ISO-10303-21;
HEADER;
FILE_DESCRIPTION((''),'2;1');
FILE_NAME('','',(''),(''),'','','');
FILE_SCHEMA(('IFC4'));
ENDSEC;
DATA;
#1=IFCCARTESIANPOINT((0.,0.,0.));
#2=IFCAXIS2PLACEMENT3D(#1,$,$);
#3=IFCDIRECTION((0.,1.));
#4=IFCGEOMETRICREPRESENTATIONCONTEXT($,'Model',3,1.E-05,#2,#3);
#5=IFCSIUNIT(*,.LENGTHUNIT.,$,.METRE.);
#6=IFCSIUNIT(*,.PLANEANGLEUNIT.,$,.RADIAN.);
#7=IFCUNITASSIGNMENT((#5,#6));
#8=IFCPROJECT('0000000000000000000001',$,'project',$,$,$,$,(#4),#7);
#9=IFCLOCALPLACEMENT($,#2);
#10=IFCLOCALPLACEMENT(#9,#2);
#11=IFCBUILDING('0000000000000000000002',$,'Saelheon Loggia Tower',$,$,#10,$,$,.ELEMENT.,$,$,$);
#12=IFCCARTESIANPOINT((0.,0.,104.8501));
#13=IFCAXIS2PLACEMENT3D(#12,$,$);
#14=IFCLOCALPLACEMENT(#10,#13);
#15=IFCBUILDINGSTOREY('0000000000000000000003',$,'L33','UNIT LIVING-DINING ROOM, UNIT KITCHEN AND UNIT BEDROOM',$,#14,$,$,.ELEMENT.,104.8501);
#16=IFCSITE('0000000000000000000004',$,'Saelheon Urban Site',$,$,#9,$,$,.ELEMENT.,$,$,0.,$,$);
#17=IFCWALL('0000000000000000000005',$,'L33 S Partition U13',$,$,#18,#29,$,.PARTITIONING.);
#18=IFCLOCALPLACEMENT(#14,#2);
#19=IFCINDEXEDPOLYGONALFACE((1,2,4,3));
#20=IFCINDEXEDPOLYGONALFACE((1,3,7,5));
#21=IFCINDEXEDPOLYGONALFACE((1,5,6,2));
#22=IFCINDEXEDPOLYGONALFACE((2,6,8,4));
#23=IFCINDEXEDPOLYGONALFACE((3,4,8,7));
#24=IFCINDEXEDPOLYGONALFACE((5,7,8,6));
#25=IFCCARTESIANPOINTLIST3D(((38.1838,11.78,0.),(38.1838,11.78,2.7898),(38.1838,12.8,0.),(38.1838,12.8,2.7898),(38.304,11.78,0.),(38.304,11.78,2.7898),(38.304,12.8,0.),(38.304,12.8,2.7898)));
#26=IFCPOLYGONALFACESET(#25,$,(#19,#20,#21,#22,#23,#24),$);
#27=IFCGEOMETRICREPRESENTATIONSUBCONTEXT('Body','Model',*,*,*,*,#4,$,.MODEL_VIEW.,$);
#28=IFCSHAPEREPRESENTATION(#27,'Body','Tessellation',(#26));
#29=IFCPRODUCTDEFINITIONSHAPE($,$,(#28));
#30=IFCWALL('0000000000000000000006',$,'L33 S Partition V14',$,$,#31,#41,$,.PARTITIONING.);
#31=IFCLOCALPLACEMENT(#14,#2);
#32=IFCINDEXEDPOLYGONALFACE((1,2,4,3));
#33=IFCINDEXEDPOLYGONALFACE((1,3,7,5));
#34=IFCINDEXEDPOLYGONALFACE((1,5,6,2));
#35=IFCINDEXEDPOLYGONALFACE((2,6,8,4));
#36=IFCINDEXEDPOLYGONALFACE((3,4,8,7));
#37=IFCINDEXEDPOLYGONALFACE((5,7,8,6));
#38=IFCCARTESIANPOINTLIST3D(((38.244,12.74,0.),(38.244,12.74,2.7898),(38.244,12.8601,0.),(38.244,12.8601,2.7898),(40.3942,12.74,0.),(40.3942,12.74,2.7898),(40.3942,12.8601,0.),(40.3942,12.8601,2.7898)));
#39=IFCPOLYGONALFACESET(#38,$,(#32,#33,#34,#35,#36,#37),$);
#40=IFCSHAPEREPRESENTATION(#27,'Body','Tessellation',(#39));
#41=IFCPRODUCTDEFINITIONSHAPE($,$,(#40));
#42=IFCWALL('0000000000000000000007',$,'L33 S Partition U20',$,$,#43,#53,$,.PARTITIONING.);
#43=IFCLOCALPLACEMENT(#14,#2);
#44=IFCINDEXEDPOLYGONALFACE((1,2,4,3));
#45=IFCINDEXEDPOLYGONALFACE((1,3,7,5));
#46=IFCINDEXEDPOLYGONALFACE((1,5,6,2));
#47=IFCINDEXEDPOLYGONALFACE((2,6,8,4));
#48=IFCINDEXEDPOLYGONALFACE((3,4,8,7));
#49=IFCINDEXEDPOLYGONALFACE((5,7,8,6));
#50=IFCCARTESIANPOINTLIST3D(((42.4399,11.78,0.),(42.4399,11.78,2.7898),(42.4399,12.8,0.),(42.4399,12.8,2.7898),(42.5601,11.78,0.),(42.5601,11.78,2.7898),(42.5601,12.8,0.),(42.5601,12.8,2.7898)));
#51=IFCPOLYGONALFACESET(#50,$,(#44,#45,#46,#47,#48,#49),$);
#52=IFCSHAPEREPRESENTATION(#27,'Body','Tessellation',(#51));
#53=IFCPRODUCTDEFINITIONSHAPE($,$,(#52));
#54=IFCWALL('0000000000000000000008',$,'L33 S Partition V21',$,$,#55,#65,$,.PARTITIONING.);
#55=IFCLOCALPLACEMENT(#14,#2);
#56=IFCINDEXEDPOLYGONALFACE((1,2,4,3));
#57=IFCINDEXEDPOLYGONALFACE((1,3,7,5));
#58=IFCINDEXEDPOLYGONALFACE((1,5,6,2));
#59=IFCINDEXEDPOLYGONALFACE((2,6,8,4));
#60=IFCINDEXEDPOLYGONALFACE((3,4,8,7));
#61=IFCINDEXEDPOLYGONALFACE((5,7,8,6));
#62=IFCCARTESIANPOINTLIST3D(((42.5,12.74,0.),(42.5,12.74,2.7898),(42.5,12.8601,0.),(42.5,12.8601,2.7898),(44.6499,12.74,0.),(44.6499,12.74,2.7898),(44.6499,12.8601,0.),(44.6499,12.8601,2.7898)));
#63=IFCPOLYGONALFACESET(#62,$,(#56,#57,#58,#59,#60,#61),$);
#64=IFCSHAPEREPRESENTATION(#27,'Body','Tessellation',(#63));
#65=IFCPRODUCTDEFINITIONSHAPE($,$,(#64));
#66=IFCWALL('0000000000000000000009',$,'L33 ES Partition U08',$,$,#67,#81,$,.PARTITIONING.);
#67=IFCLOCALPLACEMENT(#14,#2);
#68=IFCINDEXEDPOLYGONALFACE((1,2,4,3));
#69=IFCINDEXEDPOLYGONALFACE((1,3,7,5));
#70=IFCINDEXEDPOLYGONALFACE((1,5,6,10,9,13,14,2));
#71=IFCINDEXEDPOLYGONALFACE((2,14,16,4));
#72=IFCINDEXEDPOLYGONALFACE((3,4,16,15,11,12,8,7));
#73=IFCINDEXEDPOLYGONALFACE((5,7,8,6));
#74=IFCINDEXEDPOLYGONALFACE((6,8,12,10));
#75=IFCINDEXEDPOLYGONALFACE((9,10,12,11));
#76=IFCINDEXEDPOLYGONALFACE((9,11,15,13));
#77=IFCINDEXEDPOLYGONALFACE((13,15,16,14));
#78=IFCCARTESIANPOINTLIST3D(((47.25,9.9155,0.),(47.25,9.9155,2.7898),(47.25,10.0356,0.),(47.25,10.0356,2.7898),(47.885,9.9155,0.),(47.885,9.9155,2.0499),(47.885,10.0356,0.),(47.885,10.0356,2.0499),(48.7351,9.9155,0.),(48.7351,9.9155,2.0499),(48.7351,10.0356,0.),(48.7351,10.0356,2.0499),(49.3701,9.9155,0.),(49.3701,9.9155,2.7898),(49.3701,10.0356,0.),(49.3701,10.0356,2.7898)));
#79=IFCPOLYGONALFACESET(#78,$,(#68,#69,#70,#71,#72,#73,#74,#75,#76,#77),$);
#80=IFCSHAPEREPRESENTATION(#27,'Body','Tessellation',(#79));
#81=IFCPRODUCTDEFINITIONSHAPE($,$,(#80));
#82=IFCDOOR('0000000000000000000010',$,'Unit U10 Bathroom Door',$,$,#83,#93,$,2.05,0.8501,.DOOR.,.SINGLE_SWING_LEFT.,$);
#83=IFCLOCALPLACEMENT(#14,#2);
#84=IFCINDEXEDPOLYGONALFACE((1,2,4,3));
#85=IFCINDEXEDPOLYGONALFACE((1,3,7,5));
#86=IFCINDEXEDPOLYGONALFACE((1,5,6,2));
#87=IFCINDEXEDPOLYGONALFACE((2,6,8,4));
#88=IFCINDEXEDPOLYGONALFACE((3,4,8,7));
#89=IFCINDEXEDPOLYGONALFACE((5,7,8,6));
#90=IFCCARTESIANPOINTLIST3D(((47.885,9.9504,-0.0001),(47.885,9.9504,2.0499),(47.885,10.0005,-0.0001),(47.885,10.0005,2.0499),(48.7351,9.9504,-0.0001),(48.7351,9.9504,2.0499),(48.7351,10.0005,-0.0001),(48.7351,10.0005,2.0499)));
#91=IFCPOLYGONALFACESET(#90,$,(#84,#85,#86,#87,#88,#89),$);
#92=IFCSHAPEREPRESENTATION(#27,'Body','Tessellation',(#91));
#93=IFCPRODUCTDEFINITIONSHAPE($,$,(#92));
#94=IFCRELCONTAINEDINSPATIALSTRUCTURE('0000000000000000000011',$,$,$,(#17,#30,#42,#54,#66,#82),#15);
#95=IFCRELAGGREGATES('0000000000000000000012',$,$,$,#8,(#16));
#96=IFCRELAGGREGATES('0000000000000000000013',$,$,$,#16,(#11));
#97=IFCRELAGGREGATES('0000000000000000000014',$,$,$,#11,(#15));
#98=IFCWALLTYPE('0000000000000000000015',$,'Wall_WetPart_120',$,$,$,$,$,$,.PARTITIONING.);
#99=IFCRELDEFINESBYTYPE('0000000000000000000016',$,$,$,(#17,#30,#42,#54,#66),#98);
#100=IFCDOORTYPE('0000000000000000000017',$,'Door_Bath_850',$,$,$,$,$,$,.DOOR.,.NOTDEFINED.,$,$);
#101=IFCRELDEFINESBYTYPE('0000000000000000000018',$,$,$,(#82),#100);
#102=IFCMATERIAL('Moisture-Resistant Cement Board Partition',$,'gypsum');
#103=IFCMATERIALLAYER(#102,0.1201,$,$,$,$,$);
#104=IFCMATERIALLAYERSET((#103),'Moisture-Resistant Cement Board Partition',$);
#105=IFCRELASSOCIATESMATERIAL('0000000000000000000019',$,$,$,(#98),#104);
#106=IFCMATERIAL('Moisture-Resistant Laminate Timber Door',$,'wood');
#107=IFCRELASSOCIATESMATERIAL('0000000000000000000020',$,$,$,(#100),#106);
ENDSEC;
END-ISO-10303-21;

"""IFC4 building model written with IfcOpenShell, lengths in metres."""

from ifc_helpers import new_model, si_unit, direction, frame, frame_2d, origin, place, context, subcontext, project, spatial, rectangle, extrude, source, transform, mapped, material, layer, layer_set, type_object, element, fill, save


model = new_model("IFC4")

# Units and contexts
model_context = context("Model", 3, precision=1e-05, world=origin(), true_north=direction((0.0, 1.0)))
body_context = subcontext(model_context, "Body", "Model", "MODEL_VIEW")
ifc_project = project(units=[si_unit("LENGTHUNIT", "METRE"), si_unit("PLANEANGLEUNIT", "RADIAN")], contexts=[model_context])

# Site, building, storey
site_placement = place(None, origin())
site = spatial("IfcSite", under=ifc_project, at=site_placement, Name="Saelheon Urban Site", CompositionType="ELEMENT", RefElevation=0.0)
building_placement = place(site_placement, origin())
building = spatial("IfcBuilding", under=site, at=building_placement, Name="Saelheon Loggia Tower", CompositionType="ELEMENT")
storey_placement = place(building_placement, frame((0.0, 0.0, 104.8501)))
storey = spatial("IfcBuildingStorey", under=building, at=storey_placement, Name="L33", Description="UNIT LIVING-DINING ROOM, UNIT KITCHEN AND UNIT BEDROOM", CompositionType="ELEMENT", Elevation=104.8501)

# Walls
ifc_material_1 = material(Name="Moisture-Resistant Cement Board Partition", Category="gypsum")
ifc_layer_1 = layer(ifc_material_1, 0.1201)
ifc_layer_set_1 = layer_set([ifc_layer_1], Name="Moisture-Resistant Cement Board Partition")
wall_type_1 = type_object("IfcWallType", Name="Wall_WetPart_120", PredefinedType="PARTITIONING", material=ifc_layer_set_1)
wall_1_placement = place(storey_placement, frame((38.2439, 12.8, 0.0), z_axis=(0.0, 0.0, 1.0), x_axis=(0.0, -1.0, 0.0)))
element("IfcWall", 1, at=wall_1_placement, inside=storey, type_object=wall_type_1, Name="L33 S Partition U13", PredefinedType="PARTITIONING", context=body_context, shape_type="SweptSolid", body=[
    extrude(rectangle(XDim=1.02, YDim=0.1201, at=frame_2d((0.51, 0.0))), origin(), (0.0, 0.0, 1.0), 2.7898),
])
wall_2_placement = place(storey_placement, frame((38.2439, 12.8, 0.0), z_axis=(0.0, 0.0, 1.0), x_axis=(1.0, 0.0, 0.0)))
element("IfcWall", 2, at=wall_2_placement, inside=storey, type_object=wall_type_1, Name="L33 S Partition V14", PredefinedType="PARTITIONING", context=body_context, shape_type="SweptSolid", body=[
    extrude(rectangle(XDim=2.1501, YDim=0.1201, at=frame_2d((1.0752, 0.0))), origin(), (0.0, 0.0, 1.0), 2.7898),
])
wall_3_placement = place(storey_placement, frame((42.5, 12.8, 0.0), z_axis=(0.0, 0.0, 1.0), x_axis=(0.0, -1.0, 0.0)))
element("IfcWall", 3, at=wall_3_placement, inside=storey, type_object=wall_type_1, Name="L33 S Partition U20", PredefinedType="PARTITIONING", context=body_context, shape_type="SweptSolid", body=[
    extrude(rectangle(XDim=1.02, YDim=0.1201, at=frame_2d((0.51, 0.0))), origin(), (0.0, 0.0, 1.0), 2.7898),
])
wall_4_placement = place(storey_placement, frame((42.5, 12.8, 0.0), z_axis=(0.0, 0.0, 1.0), x_axis=(1.0, 0.0, 0.0)))
element("IfcWall", 4, at=wall_4_placement, inside=storey, type_object=wall_type_1, Name="L33 S Partition V21", PredefinedType="PARTITIONING", context=body_context, shape_type="SweptSolid", body=[
    extrude(rectangle(XDim=2.1499, YDim=0.1201, at=frame_2d((1.075, 0.0))), origin(), (0.0, 0.0, 1.0), 2.7898),
])

# Wall, opening, door
wall_5_placement = place(storey_placement, frame((47.25, 9.9756, 0.0), z_axis=(0.0, 0.0, 1.0), x_axis=(1.0, 0.0, 0.0)))
wall_5 = element("IfcWall", 5, at=wall_5_placement, inside=storey, type_object=wall_type_1, Name="L33 ES Partition U08", PredefinedType="PARTITIONING", context=body_context, shape_type="SweptSolid", body=[
    extrude(rectangle(XDim=2.1201, YDim=0.1201, at=frame_2d((1.0601, 0.0))), origin(), (0.0, 0.0, 1.0), 2.7898),
])
opening_1_placement = place(wall_5_placement, frame((0.635, 0.0, 0.0)))
opening_1 = element("IfcOpeningElement", 6, at=opening_1_placement, cuts=wall_5, PredefinedType="OPENING", context=body_context, shape_type="SweptSolid", body=[
    extrude(rectangle(XDim=0.8501, YDim=2.05, at=frame_2d((0.425, 1.0249))), frame((0.0, 0.072, 0.0), z_axis=(0.0, -1.0, 0.0), x_axis=(1.0, 0.0, 0.0)), (0.0, 0.0, 1.0), 0.144),
])
ifc_material_2 = material(Name="Moisture-Resistant Laminate Timber Door", Category="wood")
door_type_1 = type_object("IfcDoorType", Name="Door_Bath_850", OperationType="NOTDEFINED", PredefinedType="DOOR", material=ifc_material_2)
shared_shape_1 = source(origin(), body_context, "Body", "SweptSolid", [
    extrude(rectangle(XDim=0.8501, YDim=2.05, at=frame_2d((0.425, 1.0249))), frame((0.0, 0.0249, 0.0), z_axis=(0.0, -1.0, 0.0), x_axis=(1.0, 0.0, 0.0)), (0.0, 0.0, 1.0), 0.05),
])
door_1_placement = place(opening_1_placement, origin())
door_1 = element("IfcDoor", 7, at=door_1_placement, inside=storey, type_object=door_type_1, Name="Unit U10 Bathroom Door", OperationType="SINGLE_SWING_LEFT", OverallHeight=2.05, OverallWidth=0.8501, PredefinedType="DOOR", context=body_context, shape_type="MappedRepresentation", body=[
    mapped(shared_shape_1, transform((0.0, 0.0, 0.0), scale=1.0)),
])
fill(opening_1, door_1)

save(model, "model.ifc")
